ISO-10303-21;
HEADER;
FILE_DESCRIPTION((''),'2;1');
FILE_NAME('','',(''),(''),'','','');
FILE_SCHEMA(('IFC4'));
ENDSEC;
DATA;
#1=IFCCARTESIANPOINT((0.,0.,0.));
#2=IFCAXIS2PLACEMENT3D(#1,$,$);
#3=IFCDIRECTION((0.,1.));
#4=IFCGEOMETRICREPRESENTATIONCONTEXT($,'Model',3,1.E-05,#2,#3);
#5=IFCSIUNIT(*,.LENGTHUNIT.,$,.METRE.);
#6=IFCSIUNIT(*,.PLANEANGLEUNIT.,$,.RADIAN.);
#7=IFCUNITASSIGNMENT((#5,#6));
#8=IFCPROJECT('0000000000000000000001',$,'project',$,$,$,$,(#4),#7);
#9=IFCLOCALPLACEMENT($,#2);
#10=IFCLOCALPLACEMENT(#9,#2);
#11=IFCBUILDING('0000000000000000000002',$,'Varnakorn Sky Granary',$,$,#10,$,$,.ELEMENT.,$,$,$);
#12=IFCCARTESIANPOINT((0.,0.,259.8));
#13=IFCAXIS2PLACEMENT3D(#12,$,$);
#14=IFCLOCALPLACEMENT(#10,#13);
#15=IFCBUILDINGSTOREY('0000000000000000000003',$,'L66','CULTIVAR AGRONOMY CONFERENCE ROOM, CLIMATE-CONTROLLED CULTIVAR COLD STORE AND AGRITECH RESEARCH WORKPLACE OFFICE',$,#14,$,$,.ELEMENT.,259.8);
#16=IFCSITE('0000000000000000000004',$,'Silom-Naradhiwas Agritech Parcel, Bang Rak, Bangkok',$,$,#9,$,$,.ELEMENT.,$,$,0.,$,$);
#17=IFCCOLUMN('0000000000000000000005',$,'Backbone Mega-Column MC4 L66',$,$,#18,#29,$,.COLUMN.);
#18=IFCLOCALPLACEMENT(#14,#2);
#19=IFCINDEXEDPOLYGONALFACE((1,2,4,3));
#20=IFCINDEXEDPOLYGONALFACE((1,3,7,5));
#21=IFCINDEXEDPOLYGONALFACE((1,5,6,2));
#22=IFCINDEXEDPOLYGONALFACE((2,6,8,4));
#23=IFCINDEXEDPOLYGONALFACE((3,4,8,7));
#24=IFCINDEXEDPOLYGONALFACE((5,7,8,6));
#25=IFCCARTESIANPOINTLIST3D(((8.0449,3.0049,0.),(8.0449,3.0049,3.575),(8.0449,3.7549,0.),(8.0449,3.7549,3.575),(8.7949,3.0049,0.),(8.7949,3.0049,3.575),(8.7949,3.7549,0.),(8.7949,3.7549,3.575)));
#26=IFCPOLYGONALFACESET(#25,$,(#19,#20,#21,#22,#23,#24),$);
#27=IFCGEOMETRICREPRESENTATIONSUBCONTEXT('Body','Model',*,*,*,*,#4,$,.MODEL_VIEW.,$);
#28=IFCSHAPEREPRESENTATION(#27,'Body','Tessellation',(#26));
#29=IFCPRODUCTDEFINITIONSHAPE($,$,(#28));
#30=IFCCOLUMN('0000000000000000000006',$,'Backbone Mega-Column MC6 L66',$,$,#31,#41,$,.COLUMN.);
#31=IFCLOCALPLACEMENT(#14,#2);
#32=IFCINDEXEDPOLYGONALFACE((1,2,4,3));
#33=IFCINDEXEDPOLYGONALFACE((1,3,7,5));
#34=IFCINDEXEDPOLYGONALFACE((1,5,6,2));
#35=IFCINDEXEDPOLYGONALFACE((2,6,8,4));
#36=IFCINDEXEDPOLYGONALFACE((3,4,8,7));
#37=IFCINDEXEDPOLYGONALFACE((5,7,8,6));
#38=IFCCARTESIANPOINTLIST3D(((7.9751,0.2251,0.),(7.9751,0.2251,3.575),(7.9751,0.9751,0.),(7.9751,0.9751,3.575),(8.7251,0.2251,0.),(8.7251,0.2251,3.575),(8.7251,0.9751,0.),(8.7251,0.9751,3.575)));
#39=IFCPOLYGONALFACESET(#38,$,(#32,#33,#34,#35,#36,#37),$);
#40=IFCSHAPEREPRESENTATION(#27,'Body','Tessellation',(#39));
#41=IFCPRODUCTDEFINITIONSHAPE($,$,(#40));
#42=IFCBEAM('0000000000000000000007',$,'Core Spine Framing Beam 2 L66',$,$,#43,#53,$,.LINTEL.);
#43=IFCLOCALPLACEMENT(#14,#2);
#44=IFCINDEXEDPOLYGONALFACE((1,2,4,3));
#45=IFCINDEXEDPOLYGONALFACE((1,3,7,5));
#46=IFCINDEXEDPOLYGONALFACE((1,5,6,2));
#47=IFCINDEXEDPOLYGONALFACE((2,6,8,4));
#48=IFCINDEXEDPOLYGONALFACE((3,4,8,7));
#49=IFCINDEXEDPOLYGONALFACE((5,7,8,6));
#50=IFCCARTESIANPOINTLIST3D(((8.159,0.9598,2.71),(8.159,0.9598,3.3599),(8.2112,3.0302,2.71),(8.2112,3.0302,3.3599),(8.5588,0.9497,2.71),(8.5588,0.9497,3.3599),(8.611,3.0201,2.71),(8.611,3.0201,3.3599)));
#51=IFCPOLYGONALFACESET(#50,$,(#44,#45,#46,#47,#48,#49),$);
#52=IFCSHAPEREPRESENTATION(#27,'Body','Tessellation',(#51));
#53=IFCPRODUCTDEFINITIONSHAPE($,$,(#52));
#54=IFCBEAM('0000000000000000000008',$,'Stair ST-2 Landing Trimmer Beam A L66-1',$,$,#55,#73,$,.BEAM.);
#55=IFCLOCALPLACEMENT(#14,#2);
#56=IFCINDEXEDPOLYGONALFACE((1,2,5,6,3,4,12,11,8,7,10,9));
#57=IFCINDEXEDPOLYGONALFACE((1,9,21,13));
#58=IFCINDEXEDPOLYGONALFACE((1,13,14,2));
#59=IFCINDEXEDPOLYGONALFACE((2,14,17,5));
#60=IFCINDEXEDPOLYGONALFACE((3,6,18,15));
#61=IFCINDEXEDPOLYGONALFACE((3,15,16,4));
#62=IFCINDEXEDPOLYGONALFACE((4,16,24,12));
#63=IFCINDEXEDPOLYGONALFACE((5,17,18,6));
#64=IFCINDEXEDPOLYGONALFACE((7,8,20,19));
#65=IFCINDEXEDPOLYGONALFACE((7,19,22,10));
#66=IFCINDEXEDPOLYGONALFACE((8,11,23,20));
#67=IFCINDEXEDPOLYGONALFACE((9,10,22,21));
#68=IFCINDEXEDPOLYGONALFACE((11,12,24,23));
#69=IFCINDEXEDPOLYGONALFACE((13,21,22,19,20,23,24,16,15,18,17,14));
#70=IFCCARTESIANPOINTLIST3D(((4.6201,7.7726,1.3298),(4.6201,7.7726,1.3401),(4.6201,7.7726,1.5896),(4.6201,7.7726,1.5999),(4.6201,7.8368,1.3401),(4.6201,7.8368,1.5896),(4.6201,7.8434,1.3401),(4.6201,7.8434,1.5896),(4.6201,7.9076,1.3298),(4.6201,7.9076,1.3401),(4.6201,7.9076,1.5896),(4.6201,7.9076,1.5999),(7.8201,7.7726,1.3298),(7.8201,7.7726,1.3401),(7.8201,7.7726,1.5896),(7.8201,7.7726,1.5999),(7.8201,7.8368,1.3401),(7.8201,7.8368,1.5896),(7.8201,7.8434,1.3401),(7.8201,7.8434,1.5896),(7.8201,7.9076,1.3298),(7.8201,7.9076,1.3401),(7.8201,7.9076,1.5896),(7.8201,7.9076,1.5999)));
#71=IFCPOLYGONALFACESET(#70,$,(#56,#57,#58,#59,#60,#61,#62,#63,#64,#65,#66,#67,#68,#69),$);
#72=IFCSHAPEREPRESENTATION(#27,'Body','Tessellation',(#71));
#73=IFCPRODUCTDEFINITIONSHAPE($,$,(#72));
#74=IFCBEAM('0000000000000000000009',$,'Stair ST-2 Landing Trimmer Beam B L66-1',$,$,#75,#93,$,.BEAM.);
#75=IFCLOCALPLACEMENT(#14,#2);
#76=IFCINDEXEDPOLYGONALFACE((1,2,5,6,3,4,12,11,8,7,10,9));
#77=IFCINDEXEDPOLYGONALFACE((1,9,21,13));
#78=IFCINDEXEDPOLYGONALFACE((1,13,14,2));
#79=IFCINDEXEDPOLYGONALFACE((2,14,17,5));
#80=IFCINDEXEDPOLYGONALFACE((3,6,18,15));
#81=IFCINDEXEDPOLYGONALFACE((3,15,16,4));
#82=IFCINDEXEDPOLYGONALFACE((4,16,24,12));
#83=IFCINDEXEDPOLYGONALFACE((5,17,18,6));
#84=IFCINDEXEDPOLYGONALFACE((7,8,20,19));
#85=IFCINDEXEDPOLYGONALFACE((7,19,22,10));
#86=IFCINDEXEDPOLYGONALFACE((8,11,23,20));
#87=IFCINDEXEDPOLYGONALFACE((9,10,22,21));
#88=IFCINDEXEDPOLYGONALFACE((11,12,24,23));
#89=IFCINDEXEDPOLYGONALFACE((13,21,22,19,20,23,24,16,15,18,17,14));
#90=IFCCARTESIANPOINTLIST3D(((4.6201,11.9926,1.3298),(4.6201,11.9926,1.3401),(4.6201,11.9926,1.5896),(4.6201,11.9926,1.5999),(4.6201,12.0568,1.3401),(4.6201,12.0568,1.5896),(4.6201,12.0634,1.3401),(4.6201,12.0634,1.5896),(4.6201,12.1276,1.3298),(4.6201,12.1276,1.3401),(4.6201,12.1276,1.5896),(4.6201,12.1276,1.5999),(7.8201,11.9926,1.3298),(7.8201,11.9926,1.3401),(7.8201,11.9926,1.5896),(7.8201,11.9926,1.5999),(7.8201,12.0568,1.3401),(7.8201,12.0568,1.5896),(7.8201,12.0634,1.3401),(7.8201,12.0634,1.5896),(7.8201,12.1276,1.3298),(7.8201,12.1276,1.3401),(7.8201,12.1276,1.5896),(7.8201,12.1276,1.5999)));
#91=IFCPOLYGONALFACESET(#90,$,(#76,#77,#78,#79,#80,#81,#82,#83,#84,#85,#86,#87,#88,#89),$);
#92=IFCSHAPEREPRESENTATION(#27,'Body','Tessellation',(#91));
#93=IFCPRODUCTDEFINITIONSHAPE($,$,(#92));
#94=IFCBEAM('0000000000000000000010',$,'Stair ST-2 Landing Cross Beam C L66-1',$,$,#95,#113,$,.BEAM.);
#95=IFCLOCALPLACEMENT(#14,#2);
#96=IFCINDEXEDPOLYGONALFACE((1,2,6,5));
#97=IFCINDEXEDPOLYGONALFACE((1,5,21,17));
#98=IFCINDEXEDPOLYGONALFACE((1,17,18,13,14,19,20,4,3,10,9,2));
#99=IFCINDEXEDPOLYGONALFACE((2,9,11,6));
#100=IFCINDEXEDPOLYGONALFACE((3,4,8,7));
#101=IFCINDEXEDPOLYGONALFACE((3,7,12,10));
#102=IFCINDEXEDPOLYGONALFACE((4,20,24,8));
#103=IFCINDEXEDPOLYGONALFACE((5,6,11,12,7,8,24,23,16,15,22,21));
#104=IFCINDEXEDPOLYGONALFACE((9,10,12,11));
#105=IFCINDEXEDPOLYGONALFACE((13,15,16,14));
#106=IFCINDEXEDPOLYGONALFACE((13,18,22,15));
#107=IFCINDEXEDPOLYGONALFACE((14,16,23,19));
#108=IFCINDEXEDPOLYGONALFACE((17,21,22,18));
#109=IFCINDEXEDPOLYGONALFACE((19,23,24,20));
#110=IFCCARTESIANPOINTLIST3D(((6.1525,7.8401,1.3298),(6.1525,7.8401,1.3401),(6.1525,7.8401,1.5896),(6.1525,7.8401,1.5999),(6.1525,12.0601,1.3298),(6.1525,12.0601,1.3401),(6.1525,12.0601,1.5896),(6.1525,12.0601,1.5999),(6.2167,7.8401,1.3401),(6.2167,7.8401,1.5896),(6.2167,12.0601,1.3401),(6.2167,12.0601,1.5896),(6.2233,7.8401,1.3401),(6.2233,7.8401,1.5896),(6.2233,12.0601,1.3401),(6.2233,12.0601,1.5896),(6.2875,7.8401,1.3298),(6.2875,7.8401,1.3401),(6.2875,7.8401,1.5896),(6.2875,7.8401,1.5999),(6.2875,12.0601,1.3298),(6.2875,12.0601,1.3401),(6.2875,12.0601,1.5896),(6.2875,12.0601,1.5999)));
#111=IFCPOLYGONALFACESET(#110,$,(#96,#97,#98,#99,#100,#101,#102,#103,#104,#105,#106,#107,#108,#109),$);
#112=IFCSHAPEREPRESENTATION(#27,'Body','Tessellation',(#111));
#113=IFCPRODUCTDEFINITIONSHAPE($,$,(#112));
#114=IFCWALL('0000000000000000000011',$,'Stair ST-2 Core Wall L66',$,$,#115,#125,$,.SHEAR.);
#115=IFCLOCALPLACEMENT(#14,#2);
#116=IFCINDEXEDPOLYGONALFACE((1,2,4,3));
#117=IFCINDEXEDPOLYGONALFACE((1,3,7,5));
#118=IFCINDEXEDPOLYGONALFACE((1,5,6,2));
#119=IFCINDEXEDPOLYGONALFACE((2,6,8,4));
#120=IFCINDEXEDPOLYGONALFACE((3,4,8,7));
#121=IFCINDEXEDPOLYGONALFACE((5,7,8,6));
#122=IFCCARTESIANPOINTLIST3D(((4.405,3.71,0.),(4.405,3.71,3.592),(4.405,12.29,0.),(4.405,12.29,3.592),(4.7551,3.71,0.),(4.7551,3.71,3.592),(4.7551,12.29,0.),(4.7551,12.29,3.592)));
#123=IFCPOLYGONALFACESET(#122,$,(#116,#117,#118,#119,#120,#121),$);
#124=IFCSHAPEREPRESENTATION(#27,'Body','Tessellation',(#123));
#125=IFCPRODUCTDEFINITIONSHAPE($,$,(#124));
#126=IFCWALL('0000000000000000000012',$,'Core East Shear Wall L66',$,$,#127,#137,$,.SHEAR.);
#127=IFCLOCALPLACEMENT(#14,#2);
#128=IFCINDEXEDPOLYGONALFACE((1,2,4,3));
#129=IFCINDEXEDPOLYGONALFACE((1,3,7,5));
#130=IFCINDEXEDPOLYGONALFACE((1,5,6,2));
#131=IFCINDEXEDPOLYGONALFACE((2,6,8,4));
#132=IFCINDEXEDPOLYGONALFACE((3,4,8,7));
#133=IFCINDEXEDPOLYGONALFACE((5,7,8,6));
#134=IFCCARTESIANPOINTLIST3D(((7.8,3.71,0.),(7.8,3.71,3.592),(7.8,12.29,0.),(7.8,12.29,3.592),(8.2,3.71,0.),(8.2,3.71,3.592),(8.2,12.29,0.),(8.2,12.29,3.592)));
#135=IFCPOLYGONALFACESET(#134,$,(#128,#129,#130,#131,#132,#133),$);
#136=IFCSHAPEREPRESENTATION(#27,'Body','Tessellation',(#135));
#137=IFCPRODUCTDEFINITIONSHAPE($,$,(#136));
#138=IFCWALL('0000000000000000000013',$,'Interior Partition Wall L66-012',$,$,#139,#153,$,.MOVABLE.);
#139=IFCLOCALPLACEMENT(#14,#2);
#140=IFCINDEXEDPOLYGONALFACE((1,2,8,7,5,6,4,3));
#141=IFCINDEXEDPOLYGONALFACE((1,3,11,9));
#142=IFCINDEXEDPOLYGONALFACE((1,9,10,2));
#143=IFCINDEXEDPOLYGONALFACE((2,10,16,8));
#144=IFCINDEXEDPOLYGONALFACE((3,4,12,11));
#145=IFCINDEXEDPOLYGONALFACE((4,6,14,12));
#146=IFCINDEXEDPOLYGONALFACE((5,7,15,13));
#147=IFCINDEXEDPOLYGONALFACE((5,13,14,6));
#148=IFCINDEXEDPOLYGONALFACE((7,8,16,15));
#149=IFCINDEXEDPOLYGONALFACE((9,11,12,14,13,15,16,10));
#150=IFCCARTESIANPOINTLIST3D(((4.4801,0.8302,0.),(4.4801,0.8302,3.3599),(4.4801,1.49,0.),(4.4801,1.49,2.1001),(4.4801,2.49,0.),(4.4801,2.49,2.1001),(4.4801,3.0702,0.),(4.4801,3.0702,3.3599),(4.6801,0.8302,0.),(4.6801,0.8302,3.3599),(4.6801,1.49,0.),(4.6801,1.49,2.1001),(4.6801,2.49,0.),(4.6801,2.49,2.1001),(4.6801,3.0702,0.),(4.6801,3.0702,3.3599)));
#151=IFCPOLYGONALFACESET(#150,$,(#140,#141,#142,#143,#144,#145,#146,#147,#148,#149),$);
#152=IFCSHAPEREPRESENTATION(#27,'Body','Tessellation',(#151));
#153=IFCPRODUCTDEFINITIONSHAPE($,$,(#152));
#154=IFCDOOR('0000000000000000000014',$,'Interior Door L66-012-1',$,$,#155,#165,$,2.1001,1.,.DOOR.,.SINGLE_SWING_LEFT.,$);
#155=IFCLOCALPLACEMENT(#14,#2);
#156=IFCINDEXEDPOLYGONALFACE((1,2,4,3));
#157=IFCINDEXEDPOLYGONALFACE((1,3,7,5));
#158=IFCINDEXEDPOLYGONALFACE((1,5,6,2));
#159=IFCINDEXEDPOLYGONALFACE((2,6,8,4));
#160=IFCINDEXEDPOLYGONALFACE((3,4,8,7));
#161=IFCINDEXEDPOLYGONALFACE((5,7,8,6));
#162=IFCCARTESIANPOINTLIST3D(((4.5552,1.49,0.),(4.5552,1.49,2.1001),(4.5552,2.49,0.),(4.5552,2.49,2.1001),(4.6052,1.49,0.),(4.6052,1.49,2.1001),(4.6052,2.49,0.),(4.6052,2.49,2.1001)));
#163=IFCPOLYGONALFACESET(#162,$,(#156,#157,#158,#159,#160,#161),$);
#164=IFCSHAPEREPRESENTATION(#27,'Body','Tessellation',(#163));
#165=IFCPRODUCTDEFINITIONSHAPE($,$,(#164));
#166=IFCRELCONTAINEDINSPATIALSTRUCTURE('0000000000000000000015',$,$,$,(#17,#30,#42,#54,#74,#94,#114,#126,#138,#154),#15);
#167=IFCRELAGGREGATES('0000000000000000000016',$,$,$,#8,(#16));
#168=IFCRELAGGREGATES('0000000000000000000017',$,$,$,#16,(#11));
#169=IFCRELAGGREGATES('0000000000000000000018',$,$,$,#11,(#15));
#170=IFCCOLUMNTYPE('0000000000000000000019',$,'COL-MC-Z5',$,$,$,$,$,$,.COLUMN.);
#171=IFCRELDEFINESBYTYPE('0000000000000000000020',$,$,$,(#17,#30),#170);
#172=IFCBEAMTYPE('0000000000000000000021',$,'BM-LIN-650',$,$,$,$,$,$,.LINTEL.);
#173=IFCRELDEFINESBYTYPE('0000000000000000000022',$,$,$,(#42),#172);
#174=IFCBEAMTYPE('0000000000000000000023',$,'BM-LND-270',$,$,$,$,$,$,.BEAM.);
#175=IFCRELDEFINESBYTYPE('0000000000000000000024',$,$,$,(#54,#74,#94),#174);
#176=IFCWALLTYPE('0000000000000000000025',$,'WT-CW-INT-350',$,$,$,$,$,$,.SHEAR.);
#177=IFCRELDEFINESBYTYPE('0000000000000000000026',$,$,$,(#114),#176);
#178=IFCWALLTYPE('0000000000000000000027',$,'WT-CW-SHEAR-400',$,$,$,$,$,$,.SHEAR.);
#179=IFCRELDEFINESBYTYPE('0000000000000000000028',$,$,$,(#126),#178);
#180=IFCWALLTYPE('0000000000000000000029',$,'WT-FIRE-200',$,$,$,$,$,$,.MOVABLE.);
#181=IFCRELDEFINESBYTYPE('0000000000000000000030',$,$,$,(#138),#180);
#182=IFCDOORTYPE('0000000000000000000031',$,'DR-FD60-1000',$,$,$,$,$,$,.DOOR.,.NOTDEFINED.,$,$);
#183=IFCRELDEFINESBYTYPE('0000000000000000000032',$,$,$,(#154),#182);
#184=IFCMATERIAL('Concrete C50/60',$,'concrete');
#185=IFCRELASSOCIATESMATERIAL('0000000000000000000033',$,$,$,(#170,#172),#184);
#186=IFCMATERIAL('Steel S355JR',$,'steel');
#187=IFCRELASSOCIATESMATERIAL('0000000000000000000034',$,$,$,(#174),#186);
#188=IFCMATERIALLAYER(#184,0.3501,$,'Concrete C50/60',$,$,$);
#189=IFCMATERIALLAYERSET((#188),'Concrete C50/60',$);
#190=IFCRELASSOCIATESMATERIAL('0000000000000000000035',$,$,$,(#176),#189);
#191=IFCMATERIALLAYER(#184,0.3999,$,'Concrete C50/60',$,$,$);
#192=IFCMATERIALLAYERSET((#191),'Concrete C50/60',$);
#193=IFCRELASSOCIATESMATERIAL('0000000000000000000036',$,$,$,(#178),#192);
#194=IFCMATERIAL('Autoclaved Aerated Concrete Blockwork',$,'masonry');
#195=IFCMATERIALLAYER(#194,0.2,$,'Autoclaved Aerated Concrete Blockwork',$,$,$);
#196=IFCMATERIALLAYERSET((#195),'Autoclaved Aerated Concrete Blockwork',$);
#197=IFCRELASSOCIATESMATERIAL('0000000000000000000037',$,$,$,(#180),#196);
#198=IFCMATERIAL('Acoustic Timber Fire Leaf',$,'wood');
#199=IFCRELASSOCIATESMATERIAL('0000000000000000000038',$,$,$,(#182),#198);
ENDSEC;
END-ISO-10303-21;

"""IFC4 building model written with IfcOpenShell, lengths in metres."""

from ifc_helpers import new_model, si_unit, direction, frame, frame_2d, origin, origin_2d, place, context, subcontext, project, spatial, rectangle, i_section, extrude, material, layer, layer_set, material_profile, profile_set, type_object, element, fill, save


model = new_model("IFC4")

# Units and contexts
model_context = context("Model", 3, precision=1e-05, world=origin(), true_north=direction((0.0, 1.0)))
body_context = subcontext(model_context, "Body", "Model", "MODEL_VIEW")
ifc_project = project(units=[si_unit("LENGTHUNIT", "METRE"), si_unit("PLANEANGLEUNIT", "RADIAN")], contexts=[model_context])

# Site, building, storey
site_placement = place(None, origin())
site = spatial("IfcSite", under=ifc_project, at=site_placement, Name="Silom-Naradhiwas Agritech Parcel, Bang Rak, Bangkok", CompositionType="ELEMENT", RefElevation=0.0)
building_placement = place(site_placement, origin())
building = spatial("IfcBuilding", under=site, at=building_placement, Name="Varnakorn Sky Granary", CompositionType="ELEMENT")
storey_placement = place(building_placement, frame((0.0, 0.0, 259.8)))
storey = spatial("IfcBuildingStorey", under=building, at=storey_placement, Name="L66", Description="CULTIVAR AGRONOMY CONFERENCE ROOM, CLIMATE-CONTROLLED CULTIVAR COLD STORE AND AGRITECH RESEARCH WORKPLACE OFFICE", CompositionType="ELEMENT", Elevation=259.8)

# Columns
ifc_material_1 = material(Name="Concrete C50/60", Category="concrete")
ifc_material_profile_1 = material_profile(ifc_material_1, rectangle(XDim=0.75, YDim=0.75, at=origin_2d()), Name="RC 750x750")
ifc_profile_set_1 = profile_set([ifc_material_profile_1], Name="Concrete C50/60")
column_type = type_object("IfcColumnType", Name="COL-MC-Z5", PredefinedType="COLUMN", material=ifc_profile_set_1)
for number, where, z_axis, x_axis, name in (
    (1, (8.4199, 3.3799, 0.0), (0.0, 0.0, 1.0), (1.0, 0.0, 0.0), "Backbone Mega-Column MC4 L66"),
    (2, (8.3501, 0.6001, 0.0), (0.0, 0.0, 1.0), (1.0, 0.0, 0.0), "Backbone Mega-Column MC6 L66"),
):
    element("IfcColumn", number, at=place(storey_placement, frame(where, z_axis=z_axis, x_axis=x_axis)), inside=storey, type_object=column_type, Name=name, PredefinedType="COLUMN", context=body_context, shape_type="SweptSolid", body=[
        extrude(rectangle(XDim=0.75, YDim=0.75, at=origin_2d()), origin(), (0.0, 0.0, 1.0), 3.575),
    ])

# Beams
ifc_material_profile_2 = material_profile(ifc_material_1, rectangle(XDim=0.3999, YDim=0.6499, at=origin_2d()), Name="RC 400x650")
ifc_profile_set_2 = profile_set([ifc_material_profile_2], Name="Concrete C50/60")
beam_type_1 = type_object("IfcBeamType", Name="BM-LIN-650", PredefinedType="LINTEL", material=ifc_profile_set_2)
beam_1_placement = place(storey_placement, frame((8.4111, 3.0251, 3.0349), z_axis=(-0.025228, -0.999682, 0.0), x_axis=(0.999682, -0.025228, 0.0)))
element("IfcBeam", 3, at=beam_1_placement, inside=storey, type_object=beam_type_1, Name="Core Spine Framing Beam 2 L66", PredefinedType="LINTEL", context=body_context, shape_type="SweptSolid", body=[
    extrude(rectangle(XDim=0.3999, YDim=0.6499, at=origin_2d()), origin(), (0.0, 0.0, 1.0), 2.071),
])
ifc_material_2 = material(Name="Steel S355JR", Category="steel")
ifc_material_profile_3 = material_profile(ifc_material_2, i_section(OverallWidth=0.135, OverallDepth=0.27, WebThickness=0.0066, FlangeThickness=0.0103, at=origin_2d()), Name="IPE 270")
ifc_profile_set_3 = profile_set([ifc_material_profile_3], Name="Steel S355JR")
beam_type_2 = type_object("IfcBeamType", Name="BM-LND-270", PredefinedType="BEAM", material=ifc_profile_set_3)
for number, where, z_axis, x_axis, name in (
    (4, (4.6201, 7.8401, 1.4648), (1.0, 0.0, 0.0), (0.0, 1.0, 0.0), "Stair ST-2 Landing Trimmer Beam A L66-1"),
    (5, (4.6201, 12.0601, 1.4648), (1.0, 0.0, 0.0), (0.0, 1.0, 0.0), "Stair ST-2 Landing Trimmer Beam B L66-1"),
):
    element("IfcBeam", number, at=place(storey_placement, frame(where, z_axis=z_axis, x_axis=x_axis)), inside=storey, type_object=beam_type_2, Name=name, PredefinedType="BEAM", context=body_context, shape_type="SweptSolid", body=[
        extrude(i_section(OverallWidth=0.135, OverallDepth=0.27, WebThickness=0.0066, FlangeThickness=0.0103, at=origin_2d()), origin(), (0.0, 0.0, 1.0), 3.2),
    ])
beam_2_placement = place(storey_placement, frame((6.22, 7.8401, 1.4648), z_axis=(0.0, 1.0, 0.0), x_axis=(-1.0, 0.0, 0.0)))
element("IfcBeam", 6, at=beam_2_placement, inside=storey, type_object=beam_type_2, Name="Stair ST-2 Landing Cross Beam C L66-1", PredefinedType="BEAM", context=body_context, shape_type="SweptSolid", body=[
    extrude(i_section(OverallWidth=0.135, OverallDepth=0.27, WebThickness=0.0066, FlangeThickness=0.0103, at=origin_2d()), origin(), (0.0, 0.0, 1.0), 4.22),
])

# Walls
ifc_layer_1 = layer(ifc_material_1, 0.3501, Name="Concrete C50/60")
ifc_layer_set_1 = layer_set([ifc_layer_1], Name="Concrete C50/60")
wall_type_1 = type_object("IfcWallType", Name="WT-CW-INT-350", PredefinedType="SHEAR", material=ifc_layer_set_1)
wall_1_placement = place(storey_placement, frame((4.5801, 3.71, 0.0), z_axis=(0.0, 0.0, 1.0), x_axis=(0.0, 1.0, 0.0)))
element("IfcWall", 7, at=wall_1_placement, inside=storey, type_object=wall_type_1, Name="Stair ST-2 Core Wall L66", PredefinedType="SHEAR", context=body_context, shape_type="SweptSolid", body=[
    extrude(rectangle(XDim=8.5801, YDim=0.3501, at=frame_2d((4.29, 0.0))), origin(), (0.0, 0.0, 1.0), 3.592),
])
ifc_layer_2 = layer(ifc_material_1, 0.3999, Name="Concrete C50/60")
ifc_layer_set_2 = layer_set([ifc_layer_2], Name="Concrete C50/60")
wall_type_2 = type_object("IfcWallType", Name="WT-CW-SHEAR-400", PredefinedType="SHEAR", material=ifc_layer_set_2)
wall_2_placement = place(storey_placement, frame((8.0, 3.71, 0.0), z_axis=(0.0, 0.0, 1.0), x_axis=(0.0, 1.0, 0.0)))
element("IfcWall", 8, at=wall_2_placement, inside=storey, type_object=wall_type_2, Name="Core East Shear Wall L66", PredefinedType="SHEAR", context=body_context, shape_type="SweptSolid", body=[
    extrude(rectangle(XDim=8.5801, YDim=0.3999, at=frame_2d((4.29, 0.0))), origin(), (0.0, 0.0, 1.0), 3.592),
])

# Wall, opening, door
ifc_material_3 = material(Name="Autoclaved Aerated Concrete Blockwork", Category="masonry")
ifc_layer_3 = layer(ifc_material_3, 0.2, Name="Autoclaved Aerated Concrete Blockwork")
ifc_layer_set_3 = layer_set([ifc_layer_3], Name="Autoclaved Aerated Concrete Blockwork")
wall_type_3 = type_object("IfcWallType", Name="WT-FIRE-200", PredefinedType="MOVABLE", material=ifc_layer_set_3)
wall_3_placement = place(storey_placement, frame((4.5801, 0.8301, 0.0), z_axis=(0.0, 0.0, 1.0), x_axis=(0.0, 1.0, 0.0)))
wall_3 = element("IfcWall", 9, at=wall_3_placement, inside=storey, type_object=wall_type_3, Name="Interior Partition Wall L66-012", PredefinedType="MOVABLE", context=body_context, shape_type="SweptSolid", body=[
    extrude(rectangle(XDim=2.24, YDim=0.2, at=frame_2d((1.1201, 0.0))), origin(), (0.0, 0.0, 1.0), 3.3599),
])
opening_1_placement = place(wall_3_placement, frame((0.6599, 0.0, 0.0)))
opening_1 = element("IfcOpeningElement", 10, at=opening_1_placement, cuts=wall_3, PredefinedType="OPENING", context=body_context, shape_type="SweptSolid", body=[
    extrude(rectangle(XDim=1.0, YDim=2.1001, at=frame_2d((0.5, 1.05))), frame((0.0, 0.1099, 0.0), z_axis=(0.0, -1.0, 0.0), x_axis=(1.0, 0.0, 0.0)), (0.0, 0.0, 1.0), 0.22),
])
ifc_material_4 = material(Name="Acoustic Timber Fire Leaf", Category="wood")
door_type_1 = type_object("IfcDoorType", Name="DR-FD60-1000", OperationType="NOTDEFINED", PredefinedType="DOOR", material=ifc_material_4)
door_1_placement = place(opening_1_placement, origin())
door_1 = element("IfcDoor", 11, at=door_1_placement, inside=storey, type_object=door_type_1, Name="Interior Door L66-012-1", OperationType="SINGLE_SWING_LEFT", OverallHeight=2.1001, OverallWidth=1.0, PredefinedType="DOOR", context=body_context, shape_type="SweptSolid", body=[
    extrude(rectangle(XDim=1.0, YDim=2.1001, at=frame_2d((0.5, 1.05))), frame((0.0, 0.0249, 0.0), z_axis=(0.0, -1.0, 0.0), x_axis=(1.0, 0.0, 0.0)), (0.0, 0.0, 1.0), 0.05),
])
fill(opening_1, door_1)

save(model, "model.ifc")
